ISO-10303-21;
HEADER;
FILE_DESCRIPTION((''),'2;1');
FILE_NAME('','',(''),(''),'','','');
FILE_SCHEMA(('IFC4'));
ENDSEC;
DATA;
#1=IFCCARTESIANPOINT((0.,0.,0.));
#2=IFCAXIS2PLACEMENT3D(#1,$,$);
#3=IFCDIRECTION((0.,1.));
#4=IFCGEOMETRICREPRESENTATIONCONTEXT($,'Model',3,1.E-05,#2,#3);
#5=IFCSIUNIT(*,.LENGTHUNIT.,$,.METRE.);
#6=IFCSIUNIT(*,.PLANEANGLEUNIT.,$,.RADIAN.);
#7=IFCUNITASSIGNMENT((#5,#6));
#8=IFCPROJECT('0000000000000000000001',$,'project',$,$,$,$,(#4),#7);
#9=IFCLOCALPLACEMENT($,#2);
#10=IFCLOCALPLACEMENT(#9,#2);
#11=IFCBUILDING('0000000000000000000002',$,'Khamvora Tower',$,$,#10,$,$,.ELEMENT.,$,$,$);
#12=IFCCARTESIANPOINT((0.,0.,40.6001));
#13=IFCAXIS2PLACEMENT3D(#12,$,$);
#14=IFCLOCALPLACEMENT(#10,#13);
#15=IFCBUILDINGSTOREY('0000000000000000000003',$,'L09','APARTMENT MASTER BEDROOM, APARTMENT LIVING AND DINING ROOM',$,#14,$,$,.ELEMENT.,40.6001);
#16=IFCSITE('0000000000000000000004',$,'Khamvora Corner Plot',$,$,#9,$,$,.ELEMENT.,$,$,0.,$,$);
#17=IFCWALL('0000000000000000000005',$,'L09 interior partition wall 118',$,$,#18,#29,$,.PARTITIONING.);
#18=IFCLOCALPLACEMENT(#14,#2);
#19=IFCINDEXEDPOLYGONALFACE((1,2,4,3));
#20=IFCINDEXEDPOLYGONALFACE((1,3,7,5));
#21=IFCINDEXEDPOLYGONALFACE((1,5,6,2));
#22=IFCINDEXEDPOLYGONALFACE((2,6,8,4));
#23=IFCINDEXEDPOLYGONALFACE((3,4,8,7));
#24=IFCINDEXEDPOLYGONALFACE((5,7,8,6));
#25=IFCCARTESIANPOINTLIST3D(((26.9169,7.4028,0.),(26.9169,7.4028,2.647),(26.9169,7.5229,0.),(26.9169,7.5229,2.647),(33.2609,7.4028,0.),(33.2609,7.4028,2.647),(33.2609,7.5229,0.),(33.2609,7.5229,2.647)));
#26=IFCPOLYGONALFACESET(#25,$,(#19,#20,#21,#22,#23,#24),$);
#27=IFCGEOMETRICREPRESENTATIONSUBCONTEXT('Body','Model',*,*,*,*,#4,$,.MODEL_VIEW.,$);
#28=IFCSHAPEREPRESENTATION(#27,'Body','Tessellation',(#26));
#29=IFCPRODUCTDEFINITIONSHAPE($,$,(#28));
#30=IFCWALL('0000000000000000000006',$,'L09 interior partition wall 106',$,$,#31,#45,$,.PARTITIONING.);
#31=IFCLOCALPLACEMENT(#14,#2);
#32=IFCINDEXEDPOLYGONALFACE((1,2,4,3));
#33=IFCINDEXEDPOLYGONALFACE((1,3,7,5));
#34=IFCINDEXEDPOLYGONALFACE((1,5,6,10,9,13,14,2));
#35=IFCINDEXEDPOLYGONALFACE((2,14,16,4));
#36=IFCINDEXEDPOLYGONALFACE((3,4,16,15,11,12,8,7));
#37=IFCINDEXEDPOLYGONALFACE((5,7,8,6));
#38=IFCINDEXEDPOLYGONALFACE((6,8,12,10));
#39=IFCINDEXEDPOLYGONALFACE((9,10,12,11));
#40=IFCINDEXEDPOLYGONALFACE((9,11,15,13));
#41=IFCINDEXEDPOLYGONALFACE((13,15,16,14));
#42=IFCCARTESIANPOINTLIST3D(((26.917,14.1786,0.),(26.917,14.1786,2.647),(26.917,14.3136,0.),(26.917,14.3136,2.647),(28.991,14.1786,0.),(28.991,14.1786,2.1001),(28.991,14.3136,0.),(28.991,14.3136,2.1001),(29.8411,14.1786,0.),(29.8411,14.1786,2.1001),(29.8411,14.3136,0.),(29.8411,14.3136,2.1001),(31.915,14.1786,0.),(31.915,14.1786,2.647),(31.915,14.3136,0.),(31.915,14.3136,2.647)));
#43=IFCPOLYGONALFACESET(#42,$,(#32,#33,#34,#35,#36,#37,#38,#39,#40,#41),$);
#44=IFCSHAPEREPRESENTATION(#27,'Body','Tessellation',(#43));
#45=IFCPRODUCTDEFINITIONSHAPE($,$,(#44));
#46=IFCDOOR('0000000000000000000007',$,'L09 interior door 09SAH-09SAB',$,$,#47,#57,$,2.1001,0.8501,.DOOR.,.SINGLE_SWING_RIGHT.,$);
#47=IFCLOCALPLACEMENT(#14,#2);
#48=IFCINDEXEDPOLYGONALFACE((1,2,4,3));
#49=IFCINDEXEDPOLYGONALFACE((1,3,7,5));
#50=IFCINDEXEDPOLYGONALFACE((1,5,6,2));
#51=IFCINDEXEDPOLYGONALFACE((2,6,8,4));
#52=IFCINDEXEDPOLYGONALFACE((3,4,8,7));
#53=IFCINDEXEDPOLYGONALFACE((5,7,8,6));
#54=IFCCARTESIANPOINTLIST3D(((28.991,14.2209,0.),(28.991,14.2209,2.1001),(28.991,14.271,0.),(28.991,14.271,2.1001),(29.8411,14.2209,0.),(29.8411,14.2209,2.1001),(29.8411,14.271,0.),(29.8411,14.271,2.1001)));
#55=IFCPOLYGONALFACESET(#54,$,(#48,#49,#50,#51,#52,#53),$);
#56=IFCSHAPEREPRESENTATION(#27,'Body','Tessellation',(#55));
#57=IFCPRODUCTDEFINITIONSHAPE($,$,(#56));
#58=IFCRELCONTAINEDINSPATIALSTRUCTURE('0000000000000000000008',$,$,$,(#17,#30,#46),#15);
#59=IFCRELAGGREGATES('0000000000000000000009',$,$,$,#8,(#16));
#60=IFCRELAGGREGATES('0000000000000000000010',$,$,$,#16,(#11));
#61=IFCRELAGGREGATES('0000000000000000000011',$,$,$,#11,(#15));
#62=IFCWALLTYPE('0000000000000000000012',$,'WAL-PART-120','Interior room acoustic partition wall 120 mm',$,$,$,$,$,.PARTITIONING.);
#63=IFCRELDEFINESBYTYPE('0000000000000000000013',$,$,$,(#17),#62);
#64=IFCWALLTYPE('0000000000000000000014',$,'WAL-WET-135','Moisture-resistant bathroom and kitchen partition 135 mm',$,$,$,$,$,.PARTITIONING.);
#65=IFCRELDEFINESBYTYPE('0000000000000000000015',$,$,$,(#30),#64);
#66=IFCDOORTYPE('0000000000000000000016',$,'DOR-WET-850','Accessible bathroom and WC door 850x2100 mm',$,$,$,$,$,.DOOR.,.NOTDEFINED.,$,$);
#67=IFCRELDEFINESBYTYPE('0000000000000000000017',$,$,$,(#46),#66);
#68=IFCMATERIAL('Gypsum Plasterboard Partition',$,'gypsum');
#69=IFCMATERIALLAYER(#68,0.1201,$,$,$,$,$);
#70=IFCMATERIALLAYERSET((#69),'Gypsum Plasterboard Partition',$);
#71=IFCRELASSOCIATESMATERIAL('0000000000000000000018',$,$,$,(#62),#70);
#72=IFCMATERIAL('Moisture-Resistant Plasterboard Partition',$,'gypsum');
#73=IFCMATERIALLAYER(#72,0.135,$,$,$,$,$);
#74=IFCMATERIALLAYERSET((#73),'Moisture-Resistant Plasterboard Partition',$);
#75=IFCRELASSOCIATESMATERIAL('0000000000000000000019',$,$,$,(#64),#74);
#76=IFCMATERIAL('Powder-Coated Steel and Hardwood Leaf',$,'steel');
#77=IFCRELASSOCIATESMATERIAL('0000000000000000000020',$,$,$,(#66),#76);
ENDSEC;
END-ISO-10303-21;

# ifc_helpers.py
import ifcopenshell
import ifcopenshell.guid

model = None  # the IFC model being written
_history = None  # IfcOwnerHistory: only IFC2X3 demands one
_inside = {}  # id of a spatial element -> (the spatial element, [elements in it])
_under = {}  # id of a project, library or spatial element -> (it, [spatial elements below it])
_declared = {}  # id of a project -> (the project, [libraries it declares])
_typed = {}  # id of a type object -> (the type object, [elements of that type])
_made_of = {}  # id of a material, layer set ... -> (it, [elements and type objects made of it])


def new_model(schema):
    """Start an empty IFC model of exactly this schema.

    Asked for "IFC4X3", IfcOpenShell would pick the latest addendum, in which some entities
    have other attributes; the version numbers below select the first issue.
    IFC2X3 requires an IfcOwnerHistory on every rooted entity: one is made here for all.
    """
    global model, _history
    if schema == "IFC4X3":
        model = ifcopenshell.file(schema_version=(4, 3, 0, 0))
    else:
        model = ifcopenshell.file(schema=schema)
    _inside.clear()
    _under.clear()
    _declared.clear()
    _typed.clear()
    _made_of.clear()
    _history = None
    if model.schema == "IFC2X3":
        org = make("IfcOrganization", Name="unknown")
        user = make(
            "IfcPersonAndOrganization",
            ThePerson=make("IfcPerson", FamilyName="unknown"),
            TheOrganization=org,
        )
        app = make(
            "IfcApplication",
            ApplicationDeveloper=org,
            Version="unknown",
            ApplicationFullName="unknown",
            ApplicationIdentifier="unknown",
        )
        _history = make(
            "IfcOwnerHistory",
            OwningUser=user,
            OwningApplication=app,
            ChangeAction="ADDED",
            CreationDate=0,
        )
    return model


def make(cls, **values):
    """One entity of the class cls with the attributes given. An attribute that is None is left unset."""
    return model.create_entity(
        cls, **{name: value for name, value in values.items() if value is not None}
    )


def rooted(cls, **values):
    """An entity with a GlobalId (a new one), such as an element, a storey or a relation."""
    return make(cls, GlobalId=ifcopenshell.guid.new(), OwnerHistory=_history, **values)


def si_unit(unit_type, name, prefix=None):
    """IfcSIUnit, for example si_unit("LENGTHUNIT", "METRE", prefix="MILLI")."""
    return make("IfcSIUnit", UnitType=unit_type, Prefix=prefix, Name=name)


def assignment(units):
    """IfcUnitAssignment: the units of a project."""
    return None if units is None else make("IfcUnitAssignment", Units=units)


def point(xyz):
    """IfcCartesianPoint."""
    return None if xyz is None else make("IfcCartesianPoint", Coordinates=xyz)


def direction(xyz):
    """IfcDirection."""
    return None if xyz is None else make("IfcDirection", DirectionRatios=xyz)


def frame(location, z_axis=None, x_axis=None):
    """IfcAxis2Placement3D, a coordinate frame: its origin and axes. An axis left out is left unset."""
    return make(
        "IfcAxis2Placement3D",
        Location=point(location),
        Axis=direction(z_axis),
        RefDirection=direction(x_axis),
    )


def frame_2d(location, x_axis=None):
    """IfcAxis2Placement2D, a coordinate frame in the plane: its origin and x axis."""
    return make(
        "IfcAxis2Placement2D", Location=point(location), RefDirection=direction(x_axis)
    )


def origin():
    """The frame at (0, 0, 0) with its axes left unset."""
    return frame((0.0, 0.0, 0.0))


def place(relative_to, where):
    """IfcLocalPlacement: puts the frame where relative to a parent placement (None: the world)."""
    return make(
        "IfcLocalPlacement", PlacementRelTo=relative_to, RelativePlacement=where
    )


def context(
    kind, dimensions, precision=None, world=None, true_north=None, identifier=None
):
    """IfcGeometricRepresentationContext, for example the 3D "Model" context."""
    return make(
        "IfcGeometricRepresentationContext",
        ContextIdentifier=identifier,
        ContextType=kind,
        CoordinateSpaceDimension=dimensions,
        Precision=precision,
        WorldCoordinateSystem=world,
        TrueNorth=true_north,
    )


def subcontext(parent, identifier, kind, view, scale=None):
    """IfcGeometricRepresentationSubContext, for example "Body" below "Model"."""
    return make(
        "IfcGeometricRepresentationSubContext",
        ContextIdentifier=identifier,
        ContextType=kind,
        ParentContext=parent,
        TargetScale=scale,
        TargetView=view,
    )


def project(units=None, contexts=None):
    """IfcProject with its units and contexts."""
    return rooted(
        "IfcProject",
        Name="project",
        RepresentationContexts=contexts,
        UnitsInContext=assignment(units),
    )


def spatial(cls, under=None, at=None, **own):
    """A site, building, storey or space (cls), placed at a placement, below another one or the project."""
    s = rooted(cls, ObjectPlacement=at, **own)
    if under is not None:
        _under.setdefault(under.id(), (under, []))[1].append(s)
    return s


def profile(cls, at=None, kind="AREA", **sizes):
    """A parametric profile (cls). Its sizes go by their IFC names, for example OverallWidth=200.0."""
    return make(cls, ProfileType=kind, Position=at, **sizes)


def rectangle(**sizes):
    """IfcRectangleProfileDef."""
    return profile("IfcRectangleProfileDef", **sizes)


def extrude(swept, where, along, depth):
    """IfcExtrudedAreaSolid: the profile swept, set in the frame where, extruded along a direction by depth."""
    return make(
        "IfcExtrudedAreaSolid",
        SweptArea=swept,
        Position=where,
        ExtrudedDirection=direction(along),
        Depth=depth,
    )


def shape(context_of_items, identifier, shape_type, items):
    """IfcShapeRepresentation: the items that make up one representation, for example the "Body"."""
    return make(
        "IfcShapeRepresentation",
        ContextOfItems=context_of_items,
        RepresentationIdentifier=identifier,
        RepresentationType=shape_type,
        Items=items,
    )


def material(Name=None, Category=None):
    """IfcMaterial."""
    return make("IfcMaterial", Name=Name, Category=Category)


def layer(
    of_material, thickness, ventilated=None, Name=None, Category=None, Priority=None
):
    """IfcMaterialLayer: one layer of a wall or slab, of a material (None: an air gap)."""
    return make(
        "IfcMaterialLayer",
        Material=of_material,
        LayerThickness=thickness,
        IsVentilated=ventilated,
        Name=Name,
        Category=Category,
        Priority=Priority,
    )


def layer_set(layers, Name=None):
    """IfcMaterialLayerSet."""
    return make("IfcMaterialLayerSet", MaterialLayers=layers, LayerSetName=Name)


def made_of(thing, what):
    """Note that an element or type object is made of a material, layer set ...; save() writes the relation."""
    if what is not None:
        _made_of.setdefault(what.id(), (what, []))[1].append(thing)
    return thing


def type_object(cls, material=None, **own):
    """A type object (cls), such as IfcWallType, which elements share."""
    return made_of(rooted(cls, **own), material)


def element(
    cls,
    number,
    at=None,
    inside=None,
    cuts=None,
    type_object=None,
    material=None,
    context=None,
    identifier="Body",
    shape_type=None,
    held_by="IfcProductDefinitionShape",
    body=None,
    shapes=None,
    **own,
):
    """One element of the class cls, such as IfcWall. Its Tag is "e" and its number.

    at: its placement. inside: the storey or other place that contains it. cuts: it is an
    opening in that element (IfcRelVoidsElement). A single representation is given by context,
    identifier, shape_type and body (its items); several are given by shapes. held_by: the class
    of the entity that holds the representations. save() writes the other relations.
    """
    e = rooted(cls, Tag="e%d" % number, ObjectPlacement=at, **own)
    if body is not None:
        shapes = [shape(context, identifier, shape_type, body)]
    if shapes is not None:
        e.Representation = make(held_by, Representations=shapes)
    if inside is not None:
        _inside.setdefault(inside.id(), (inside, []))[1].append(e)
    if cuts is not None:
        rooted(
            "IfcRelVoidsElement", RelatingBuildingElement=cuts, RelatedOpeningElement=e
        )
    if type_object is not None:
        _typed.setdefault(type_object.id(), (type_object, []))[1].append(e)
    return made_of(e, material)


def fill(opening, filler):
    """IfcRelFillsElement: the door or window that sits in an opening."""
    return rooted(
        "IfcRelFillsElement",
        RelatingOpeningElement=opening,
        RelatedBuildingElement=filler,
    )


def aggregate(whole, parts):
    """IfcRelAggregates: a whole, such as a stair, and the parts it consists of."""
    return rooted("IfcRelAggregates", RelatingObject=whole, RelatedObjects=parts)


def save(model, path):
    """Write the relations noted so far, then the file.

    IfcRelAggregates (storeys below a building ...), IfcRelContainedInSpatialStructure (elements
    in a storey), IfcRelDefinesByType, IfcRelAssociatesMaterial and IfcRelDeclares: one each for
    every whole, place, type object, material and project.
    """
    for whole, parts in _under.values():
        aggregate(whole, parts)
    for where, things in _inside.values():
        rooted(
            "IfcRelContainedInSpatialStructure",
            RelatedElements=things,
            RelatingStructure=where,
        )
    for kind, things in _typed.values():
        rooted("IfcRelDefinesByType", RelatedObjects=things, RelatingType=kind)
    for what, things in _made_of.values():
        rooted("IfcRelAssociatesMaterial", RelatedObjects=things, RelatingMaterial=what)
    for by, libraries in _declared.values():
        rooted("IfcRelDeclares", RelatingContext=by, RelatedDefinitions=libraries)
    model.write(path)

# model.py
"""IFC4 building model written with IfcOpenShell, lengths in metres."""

from ifc_helpers import new_model, si_unit, direction, frame, frame_2d, origin, place, context, subcontext, project, spatial, rectangle, extrude, material, layer, layer_set, type_object, element, fill, save


model = new_model("IFC4")

# Units and contexts
model_context = context("Model", 3, precision=1e-05, world=origin(), true_north=direction((0.0, 1.0)))
body_context = subcontext(model_context, "Body", "Model", "MODEL_VIEW")
ifc_project = project(units=[si_unit("LENGTHUNIT", "METRE"), si_unit("PLANEANGLEUNIT", "RADIAN")], contexts=[model_context])

# Site, building, storey
site_placement = place(None, origin())
site = spatial("IfcSite", under=ifc_project, at=site_placement, Name="Khamvora Corner Plot", CompositionType="ELEMENT", RefElevation=0.0)
building_placement = place(site_placement, origin())
building = spatial("IfcBuilding", under=site, at=building_placement, Name="Khamvora Tower", CompositionType="ELEMENT")
storey_placement = place(building_placement, frame((0.0, 0.0, 40.6001)))
storey = spatial("IfcBuildingStorey", under=building, at=storey_placement, Name="L09", Description="APARTMENT MASTER BEDROOM, APARTMENT LIVING AND DINING ROOM", CompositionType="ELEMENT", Elevation=40.6001)

# Shared definitions
ifc_material_1 = material(Name="Gypsum Plasterboard Partition", Category="gypsum")
ifc_layer_1 = layer(ifc_material_1, 0.1201)
ifc_layer_set_1 = layer_set([ifc_layer_1], Name="Gypsum Plasterboard Partition")
wall_type_1 = type_object("IfcWallType", Name="WAL-PART-120", Description="Interior room acoustic partition wall 120 mm", PredefinedType="PARTITIONING", material=ifc_layer_set_1)
ifc_material_2 = material(Name="Powder-Coated Steel and Hardwood Leaf", Category="steel")

# Wall
wall_1_placement = place(storey_placement, frame((26.917, 7.4629, 0.0), z_axis=(0.0, 0.0, 1.0), x_axis=(1.0, 0.0, 0.0)))
element("IfcWall", 1, at=wall_1_placement, inside=storey, type_object=wall_type_1, Name="L09 interior partition wall 118", PredefinedType="PARTITIONING", context=body_context, shape_type="SweptSolid", body=[
    extrude(rectangle(XDim=6.344, YDim=0.1201, at=frame_2d((3.1719, 0.0))), origin(), (0.0, 0.0, 1.0), 2.647),
])

# Wall, opening, door
ifc_material_3 = material(Name="Moisture-Resistant Plasterboard Partition", Category="gypsum")
ifc_layer_2 = layer(ifc_material_3, 0.135)
ifc_layer_set_2 = layer_set([ifc_layer_2], Name="Moisture-Resistant Plasterboard Partition")
wall_type_2 = type_object("IfcWallType", Name="WAL-WET-135", Description="Moisture-resistant bathroom and kitchen partition 135 mm", PredefinedType="PARTITIONING", material=ifc_layer_set_2)
wall_2_placement = place(storey_placement, frame((26.917, 14.2461, 0.0), z_axis=(0.0, 0.0, 1.0), x_axis=(1.0, 0.0, 0.0)))
wall_2 = element("IfcWall", 2, at=wall_2_placement, inside=storey, type_object=wall_type_2, Name="L09 interior partition wall 106", PredefinedType="PARTITIONING", context=body_context, shape_type="SweptSolid", body=[
    extrude(rectangle(XDim=4.998, YDim=0.135, at=frame_2d((2.499, 0.0))), origin(), (0.0, 0.0, 1.0), 2.647),
])
opening_1_placement = place(wall_2_placement, frame((2.074, 0.0, 0.0)))
opening_1 = element("IfcOpeningElement", 3, at=opening_1_placement, cuts=wall_2, PredefinedType="OPENING", context=body_context, shape_type="SweptSolid", body=[
    extrude(rectangle(XDim=0.8501, YDim=2.1001, at=frame_2d((0.425, 1.05))), frame((0.0, 0.0774, 0.0), z_axis=(0.0, -1.0, 0.0), x_axis=(1.0, 0.0, 0.0)), (0.0, 0.0, 1.0), 0.155),
])
door_type_1 = type_object("IfcDoorType", Name="DOR-WET-850", Description="Accessible bathroom and WC door 850x2100 mm", OperationType="NOTDEFINED", PredefinedType="DOOR", material=ifc_material_2)
door_1_placement = place(opening_1_placement, origin())
door_1 = element("IfcDoor", 4, at=door_1_placement, inside=storey, type_object=door_type_1, Name="L09 interior door 09SAH-09SAB", OperationType="SINGLE_SWING_RIGHT", OverallHeight=2.1001, OverallWidth=0.8501, PredefinedType="DOOR", context=body_context, shape_type="SweptSolid", body=[
    extrude(rectangle(XDim=0.8501, YDim=2.1001, at=frame_2d((0.425, 1.05))), frame((0.0, 0.0249, 0.0), z_axis=(0.0, -1.0, 0.0), x_axis=(1.0, 0.0, 0.0)), (0.0, 0.0, 1.0), 0.05),
])
fill(opening_1, door_1)

save(model, "model.ifc")
